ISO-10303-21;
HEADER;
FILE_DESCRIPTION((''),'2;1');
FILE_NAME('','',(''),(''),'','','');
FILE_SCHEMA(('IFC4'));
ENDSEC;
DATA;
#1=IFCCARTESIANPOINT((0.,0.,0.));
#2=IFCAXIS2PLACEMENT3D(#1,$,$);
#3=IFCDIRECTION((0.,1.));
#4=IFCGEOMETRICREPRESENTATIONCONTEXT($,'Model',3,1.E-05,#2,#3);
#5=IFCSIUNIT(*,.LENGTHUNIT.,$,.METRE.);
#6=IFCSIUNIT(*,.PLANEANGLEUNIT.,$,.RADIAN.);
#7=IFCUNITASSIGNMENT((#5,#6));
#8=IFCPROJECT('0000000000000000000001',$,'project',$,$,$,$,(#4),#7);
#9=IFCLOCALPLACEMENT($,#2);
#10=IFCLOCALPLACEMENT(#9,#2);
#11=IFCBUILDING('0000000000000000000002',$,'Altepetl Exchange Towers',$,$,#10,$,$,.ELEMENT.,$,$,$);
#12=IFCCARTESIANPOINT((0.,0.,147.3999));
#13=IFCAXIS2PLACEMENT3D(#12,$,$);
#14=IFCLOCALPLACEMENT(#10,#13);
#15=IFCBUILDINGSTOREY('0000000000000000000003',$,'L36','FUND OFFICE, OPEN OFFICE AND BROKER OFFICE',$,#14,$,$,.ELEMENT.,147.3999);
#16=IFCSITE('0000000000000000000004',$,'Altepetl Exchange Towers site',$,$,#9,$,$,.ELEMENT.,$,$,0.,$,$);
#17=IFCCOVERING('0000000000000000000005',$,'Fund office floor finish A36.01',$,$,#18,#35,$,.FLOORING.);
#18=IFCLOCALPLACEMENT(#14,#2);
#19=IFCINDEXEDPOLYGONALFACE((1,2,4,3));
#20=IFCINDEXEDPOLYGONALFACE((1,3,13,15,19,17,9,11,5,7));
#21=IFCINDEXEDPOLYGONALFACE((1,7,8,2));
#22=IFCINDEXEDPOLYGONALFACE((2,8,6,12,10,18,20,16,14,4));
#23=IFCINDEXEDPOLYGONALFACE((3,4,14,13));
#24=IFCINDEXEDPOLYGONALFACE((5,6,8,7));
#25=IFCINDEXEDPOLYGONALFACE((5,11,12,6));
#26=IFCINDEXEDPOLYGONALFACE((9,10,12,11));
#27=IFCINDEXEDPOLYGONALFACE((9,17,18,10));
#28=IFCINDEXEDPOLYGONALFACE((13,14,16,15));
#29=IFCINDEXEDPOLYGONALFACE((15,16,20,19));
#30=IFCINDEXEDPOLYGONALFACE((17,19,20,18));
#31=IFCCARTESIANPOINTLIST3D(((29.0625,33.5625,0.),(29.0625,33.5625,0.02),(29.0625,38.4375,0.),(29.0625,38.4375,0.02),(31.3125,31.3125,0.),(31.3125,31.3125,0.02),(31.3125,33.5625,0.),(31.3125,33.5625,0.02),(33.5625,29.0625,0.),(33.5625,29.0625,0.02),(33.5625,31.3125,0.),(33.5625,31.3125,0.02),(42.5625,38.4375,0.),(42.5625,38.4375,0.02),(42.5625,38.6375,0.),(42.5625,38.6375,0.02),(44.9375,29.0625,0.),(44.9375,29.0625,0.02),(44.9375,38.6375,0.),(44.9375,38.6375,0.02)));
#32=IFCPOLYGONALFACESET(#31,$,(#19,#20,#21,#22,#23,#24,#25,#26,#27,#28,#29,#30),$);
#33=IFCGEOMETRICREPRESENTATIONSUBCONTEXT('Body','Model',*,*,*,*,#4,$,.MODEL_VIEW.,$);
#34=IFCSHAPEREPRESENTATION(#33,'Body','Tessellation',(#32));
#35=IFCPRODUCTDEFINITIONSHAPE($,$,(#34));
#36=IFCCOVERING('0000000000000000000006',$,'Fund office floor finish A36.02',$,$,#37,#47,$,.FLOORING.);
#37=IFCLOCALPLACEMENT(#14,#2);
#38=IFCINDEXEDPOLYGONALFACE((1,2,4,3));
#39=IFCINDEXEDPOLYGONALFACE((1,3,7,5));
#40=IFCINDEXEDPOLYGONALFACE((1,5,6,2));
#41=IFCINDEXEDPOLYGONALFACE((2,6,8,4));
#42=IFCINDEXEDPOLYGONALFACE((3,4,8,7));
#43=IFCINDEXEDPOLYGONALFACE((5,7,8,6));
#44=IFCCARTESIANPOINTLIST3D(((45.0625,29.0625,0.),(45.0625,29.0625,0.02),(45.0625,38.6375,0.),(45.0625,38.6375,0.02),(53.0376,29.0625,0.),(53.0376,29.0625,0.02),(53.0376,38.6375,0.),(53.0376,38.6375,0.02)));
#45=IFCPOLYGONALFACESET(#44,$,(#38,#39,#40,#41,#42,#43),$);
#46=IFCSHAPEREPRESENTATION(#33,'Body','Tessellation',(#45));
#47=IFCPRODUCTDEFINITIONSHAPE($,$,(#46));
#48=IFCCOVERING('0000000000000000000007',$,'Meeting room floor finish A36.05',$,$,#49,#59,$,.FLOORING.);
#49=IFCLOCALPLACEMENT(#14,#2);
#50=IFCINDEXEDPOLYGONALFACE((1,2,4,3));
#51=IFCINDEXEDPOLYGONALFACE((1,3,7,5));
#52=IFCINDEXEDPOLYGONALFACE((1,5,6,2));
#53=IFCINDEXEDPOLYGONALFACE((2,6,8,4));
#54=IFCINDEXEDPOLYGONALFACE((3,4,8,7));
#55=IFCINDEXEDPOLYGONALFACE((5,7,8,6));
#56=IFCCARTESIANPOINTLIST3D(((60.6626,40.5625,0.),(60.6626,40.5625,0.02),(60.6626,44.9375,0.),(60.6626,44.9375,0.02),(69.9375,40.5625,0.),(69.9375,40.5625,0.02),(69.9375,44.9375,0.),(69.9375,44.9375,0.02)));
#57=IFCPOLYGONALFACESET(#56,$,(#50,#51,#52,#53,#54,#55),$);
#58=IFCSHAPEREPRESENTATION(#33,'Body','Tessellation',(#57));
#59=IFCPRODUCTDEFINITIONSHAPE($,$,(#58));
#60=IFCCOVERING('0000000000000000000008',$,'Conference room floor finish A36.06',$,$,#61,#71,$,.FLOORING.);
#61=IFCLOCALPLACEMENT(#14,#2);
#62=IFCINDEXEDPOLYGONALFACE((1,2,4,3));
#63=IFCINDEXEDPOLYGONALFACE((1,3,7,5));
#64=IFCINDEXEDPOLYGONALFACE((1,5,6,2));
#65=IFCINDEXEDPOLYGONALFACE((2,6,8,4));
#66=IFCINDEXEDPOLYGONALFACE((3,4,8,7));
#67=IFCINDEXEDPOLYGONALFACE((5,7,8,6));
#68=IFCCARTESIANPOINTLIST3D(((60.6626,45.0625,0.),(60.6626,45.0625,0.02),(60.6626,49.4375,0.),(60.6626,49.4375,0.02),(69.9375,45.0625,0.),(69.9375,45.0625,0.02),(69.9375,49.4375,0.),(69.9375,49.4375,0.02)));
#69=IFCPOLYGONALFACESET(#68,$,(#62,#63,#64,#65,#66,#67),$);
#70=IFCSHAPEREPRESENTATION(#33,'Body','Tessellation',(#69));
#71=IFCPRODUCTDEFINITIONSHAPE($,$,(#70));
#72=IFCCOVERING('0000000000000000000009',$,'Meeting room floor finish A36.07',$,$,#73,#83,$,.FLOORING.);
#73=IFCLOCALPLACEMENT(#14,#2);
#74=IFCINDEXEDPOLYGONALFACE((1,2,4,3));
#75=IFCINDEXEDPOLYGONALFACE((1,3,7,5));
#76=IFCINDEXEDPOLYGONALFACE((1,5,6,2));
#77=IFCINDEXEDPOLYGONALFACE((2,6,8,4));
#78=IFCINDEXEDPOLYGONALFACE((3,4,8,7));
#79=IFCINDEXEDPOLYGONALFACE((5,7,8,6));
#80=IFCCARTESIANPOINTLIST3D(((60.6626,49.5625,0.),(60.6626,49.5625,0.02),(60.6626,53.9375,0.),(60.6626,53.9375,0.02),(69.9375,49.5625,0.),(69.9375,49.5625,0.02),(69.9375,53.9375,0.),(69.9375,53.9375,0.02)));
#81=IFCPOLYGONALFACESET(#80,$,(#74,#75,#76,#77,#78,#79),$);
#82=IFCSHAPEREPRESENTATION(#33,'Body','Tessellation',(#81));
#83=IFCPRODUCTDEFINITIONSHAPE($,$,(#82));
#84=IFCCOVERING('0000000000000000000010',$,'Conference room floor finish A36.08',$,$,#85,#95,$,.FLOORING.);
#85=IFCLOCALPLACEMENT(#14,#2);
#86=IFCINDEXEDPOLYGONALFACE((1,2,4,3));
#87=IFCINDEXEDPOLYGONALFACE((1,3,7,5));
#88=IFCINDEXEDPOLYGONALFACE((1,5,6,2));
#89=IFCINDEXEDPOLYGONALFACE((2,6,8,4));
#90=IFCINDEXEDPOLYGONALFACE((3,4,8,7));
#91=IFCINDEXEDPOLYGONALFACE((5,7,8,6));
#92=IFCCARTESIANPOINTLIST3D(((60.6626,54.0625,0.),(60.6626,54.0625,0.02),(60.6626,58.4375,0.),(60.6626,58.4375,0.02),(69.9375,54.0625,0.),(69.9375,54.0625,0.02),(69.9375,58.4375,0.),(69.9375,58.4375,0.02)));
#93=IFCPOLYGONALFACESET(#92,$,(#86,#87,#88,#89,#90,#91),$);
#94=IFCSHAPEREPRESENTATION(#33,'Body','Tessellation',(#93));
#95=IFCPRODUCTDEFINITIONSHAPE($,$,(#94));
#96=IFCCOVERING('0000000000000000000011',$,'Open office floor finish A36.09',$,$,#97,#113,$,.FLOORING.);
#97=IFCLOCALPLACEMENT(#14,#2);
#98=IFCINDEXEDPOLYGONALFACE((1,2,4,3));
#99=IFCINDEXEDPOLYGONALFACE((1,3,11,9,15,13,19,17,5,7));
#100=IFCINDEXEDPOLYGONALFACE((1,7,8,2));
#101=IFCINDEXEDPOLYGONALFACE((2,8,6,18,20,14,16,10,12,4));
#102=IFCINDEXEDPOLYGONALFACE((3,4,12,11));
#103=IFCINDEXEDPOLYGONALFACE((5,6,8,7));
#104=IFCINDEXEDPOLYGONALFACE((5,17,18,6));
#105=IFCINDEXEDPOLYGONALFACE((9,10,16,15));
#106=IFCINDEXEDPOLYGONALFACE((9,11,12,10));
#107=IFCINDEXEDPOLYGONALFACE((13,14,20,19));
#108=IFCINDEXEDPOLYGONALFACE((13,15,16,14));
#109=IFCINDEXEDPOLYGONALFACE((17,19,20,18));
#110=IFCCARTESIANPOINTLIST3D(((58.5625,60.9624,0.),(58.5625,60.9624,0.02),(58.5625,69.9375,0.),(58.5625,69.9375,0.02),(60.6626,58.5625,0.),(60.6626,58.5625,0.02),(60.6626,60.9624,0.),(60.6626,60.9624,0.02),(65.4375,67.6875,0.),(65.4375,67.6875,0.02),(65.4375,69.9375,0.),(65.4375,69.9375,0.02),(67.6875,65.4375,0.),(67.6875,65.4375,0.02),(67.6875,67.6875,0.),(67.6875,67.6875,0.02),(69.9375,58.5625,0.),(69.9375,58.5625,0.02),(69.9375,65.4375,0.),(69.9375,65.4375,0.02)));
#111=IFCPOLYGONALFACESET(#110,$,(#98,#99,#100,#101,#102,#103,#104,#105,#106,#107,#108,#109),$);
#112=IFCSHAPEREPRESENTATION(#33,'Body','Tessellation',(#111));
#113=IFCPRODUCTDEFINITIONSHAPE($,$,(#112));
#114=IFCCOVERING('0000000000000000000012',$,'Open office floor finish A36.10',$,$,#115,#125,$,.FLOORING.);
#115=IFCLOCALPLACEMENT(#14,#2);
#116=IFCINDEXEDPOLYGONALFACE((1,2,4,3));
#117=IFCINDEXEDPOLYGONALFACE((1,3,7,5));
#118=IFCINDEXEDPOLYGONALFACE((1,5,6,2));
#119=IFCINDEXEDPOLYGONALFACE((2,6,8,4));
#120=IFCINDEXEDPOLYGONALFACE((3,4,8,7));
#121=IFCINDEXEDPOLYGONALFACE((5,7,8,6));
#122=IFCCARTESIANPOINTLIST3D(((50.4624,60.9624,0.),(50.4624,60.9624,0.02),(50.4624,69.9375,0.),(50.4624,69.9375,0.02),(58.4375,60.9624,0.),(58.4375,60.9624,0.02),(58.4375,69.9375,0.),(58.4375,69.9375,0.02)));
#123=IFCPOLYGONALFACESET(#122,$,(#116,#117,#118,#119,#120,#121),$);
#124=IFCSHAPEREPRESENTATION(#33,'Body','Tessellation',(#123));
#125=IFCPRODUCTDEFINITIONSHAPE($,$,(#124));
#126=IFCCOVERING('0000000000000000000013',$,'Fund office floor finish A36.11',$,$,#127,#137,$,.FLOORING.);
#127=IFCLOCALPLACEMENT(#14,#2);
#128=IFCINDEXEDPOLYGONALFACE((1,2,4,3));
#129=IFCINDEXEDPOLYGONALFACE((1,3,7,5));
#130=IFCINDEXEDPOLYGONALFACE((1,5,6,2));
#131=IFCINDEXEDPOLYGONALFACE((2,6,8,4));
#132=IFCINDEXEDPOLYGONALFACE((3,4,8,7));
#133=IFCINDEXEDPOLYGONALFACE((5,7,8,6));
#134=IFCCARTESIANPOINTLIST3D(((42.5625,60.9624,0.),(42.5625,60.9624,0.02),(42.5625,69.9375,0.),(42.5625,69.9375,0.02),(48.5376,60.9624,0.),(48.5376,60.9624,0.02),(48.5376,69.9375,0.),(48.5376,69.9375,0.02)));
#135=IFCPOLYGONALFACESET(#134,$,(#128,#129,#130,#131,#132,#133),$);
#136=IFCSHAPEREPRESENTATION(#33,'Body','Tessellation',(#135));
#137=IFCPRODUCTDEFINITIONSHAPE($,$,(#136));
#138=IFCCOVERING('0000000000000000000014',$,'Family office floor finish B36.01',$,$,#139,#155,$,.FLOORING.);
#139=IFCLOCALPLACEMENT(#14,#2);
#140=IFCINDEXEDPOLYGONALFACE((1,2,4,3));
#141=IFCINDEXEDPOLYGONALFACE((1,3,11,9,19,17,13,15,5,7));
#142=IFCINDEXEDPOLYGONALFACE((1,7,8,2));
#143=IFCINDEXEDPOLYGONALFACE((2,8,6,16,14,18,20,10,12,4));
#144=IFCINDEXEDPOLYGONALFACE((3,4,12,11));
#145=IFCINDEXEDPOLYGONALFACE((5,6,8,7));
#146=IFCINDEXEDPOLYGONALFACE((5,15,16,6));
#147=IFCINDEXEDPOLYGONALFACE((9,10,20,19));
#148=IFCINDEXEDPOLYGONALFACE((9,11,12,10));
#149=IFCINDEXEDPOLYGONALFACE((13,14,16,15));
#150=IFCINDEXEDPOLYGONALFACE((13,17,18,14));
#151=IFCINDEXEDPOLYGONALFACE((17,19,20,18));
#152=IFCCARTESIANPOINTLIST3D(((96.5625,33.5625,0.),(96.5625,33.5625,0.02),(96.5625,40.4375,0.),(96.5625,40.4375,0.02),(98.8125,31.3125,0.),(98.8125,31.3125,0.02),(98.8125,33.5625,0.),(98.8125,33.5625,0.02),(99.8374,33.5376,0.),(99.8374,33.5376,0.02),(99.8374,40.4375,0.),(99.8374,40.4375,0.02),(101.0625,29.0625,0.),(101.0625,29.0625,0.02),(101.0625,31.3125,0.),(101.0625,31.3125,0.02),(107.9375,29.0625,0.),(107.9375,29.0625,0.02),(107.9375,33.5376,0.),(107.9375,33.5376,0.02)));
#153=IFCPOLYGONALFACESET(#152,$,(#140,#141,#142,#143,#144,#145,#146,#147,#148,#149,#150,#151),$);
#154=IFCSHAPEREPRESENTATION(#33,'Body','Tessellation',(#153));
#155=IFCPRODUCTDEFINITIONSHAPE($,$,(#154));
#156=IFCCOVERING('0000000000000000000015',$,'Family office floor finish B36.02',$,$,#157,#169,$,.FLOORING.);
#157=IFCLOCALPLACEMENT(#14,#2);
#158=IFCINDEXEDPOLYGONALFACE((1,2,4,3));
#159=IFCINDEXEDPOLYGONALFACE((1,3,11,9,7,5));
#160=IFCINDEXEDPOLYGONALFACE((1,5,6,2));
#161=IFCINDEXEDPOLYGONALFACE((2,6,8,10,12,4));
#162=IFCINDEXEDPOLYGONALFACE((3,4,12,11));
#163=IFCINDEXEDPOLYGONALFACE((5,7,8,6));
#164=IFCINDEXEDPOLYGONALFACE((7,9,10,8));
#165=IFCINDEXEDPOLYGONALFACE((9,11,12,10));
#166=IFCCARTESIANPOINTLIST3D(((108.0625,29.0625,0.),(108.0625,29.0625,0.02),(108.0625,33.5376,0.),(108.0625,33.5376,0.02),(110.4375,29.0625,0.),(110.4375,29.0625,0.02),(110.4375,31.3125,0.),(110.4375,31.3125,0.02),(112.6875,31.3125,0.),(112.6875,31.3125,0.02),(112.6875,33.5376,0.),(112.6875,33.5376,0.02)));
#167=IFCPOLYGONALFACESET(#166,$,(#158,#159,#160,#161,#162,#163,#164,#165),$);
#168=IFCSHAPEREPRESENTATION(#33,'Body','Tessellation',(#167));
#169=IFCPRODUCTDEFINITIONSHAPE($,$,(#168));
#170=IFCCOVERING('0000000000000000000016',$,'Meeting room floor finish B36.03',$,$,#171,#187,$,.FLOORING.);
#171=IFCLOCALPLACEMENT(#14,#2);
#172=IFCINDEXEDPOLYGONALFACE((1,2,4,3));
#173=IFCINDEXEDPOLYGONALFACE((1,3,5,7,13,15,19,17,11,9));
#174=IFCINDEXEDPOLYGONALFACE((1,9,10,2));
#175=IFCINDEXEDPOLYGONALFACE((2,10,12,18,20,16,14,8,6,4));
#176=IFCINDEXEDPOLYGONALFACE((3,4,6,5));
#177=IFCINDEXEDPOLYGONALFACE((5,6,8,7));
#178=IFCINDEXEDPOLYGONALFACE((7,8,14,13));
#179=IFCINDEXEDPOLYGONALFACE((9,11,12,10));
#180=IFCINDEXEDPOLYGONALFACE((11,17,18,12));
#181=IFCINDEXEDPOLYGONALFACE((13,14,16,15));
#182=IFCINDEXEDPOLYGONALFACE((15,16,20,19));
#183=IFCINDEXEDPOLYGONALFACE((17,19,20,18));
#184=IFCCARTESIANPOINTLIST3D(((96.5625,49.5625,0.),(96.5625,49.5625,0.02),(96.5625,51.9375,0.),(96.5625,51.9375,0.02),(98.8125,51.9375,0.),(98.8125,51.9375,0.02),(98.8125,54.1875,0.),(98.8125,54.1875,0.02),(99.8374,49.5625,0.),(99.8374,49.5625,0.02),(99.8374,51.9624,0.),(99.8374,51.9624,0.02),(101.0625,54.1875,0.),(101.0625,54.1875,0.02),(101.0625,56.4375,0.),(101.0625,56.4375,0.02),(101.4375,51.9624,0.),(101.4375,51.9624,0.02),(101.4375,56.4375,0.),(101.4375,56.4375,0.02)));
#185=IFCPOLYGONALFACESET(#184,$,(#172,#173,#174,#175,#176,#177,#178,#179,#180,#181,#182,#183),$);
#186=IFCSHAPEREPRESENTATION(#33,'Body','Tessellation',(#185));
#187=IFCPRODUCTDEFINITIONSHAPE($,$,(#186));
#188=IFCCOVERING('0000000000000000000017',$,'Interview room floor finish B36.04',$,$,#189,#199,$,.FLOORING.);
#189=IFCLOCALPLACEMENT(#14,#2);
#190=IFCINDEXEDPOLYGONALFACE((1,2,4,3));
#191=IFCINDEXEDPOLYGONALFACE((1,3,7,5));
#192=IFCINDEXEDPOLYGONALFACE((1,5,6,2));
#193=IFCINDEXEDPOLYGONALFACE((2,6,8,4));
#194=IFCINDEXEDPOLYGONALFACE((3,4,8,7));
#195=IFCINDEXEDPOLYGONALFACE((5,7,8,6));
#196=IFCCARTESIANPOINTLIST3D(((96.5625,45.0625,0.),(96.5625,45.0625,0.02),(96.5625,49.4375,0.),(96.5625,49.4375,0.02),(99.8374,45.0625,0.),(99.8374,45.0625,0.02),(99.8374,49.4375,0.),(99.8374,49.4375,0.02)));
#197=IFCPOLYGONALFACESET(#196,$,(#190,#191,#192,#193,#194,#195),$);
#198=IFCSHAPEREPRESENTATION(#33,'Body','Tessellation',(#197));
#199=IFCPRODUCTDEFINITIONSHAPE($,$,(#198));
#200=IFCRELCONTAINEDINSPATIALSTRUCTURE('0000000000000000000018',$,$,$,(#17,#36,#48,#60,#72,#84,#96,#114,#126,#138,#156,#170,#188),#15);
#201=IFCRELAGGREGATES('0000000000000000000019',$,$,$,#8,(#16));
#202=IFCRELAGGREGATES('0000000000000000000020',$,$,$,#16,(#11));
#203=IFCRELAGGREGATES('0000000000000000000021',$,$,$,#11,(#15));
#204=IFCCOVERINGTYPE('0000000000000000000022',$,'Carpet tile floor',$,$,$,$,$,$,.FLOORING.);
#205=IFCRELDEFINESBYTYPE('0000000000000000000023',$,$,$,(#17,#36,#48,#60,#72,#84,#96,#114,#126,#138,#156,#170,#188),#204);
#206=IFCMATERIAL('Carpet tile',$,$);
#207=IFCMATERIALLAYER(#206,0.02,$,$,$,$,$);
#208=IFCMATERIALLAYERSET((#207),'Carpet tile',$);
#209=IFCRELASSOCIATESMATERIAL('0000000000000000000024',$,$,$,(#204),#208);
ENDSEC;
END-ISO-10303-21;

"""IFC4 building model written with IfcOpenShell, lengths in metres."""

from ifc_helpers import new_model, si_unit, direction, frame, origin, place, context, subcontext, project, spatial, polyline, outline, extrude, material, layer, layer_set, type_object, element, save


model = new_model("IFC4")

# Units and contexts
model_context = context("Model", 3, precision=1e-05, world=origin(), true_north=direction((0.0, 1.0)))
body_context = subcontext(model_context, "Body", "Model", "MODEL_VIEW")
ifc_project = project(units=[si_unit("LENGTHUNIT", "METRE"), si_unit("PLANEANGLEUNIT", "RADIAN")], contexts=[model_context])

# Site, building, storey
site_placement = place(None, origin())
site = spatial("IfcSite", under=ifc_project, at=site_placement, Name="Altepetl Exchange Towers site", CompositionType="ELEMENT", RefElevation=0.0)
building_placement = place(site_placement, origin())
building = spatial("IfcBuilding", under=site, at=building_placement, Name="Altepetl Exchange Towers", CompositionType="ELEMENT")
storey_placement = place(building_placement, frame((0.0, 0.0, 147.3999)))
storey = spatial("IfcBuildingStorey", under=building, at=storey_placement, Name="L36", Description="FUND OFFICE, OPEN OFFICE AND BROKER OFFICE", CompositionType="ELEMENT", Elevation=147.3999)

# Coverings
ifc_material_1 = material(Name="Carpet tile")
ifc_layer_1 = layer(ifc_material_1, 0.02)
ifc_layer_set_1 = layer_set([ifc_layer_1], Name="Carpet tile")
covering_type_1 = type_object("IfcCoveringType", Name="Carpet tile floor", PredefinedType="FLOORING", material=ifc_layer_set_1)
covering_1_placement = place(storey_placement, origin())
element("IfcCovering", 1, at=covering_1_placement, inside=storey, type_object=covering_type_1, Name="Fund office floor finish A36.01", PredefinedType="FLOORING", context=body_context, shape_type="SweptSolid", body=[
    extrude(outline(polyline([(31.3125, 31.3125), (33.5625, 31.3125), (33.5625, 29.0625), (44.9375, 29.0625), (44.9375, 38.6375), (42.5625, 38.6375), (42.5625, 38.4375), (29.0625, 38.4375), (29.0625, 33.5625), (31.3125, 33.5625), (31.3125, 31.3125)])), origin(), (0.0, 0.0, 1.0), 0.02),
])
covering_2_placement = place(storey_placement, origin())
element("IfcCovering", 2, at=covering_2_placement, inside=storey, type_object=covering_type_1, Name="Fund office floor finish A36.02", PredefinedType="FLOORING", context=body_context, shape_type="SweptSolid", body=[
    extrude(outline(polyline([(45.0625, 38.6375), (45.0625, 29.0625), (53.0376, 29.0625), (53.0376, 38.6375), (45.0625, 38.6375)])), origin(), (0.0, 0.0, 1.0), 0.02),
])
covering_3_placement = place(storey_placement, origin())
element("IfcCovering", 3, at=covering_3_placement, inside=storey, type_object=covering_type_1, Name="Meeting room floor finish A36.05", PredefinedType="FLOORING", context=body_context, shape_type="SweptSolid", body=[
    extrude(outline(polyline([(69.9375, 44.9375), (60.6626, 44.9375), (60.6626, 40.5625), (69.9375, 40.5625), (69.9375, 44.9375)])), origin(), (0.0, 0.0, 1.0), 0.02),
])
covering_4_placement = place(storey_placement, origin())
element("IfcCovering", 4, at=covering_4_placement, inside=storey, type_object=covering_type_1, Name="Conference room floor finish A36.06", PredefinedType="FLOORING", context=body_context, shape_type="SweptSolid", body=[
    extrude(outline(polyline([(69.9375, 49.4375), (60.6626, 49.4375), (60.6626, 45.0625), (69.9375, 45.0625), (69.9375, 49.4375)])), origin(), (0.0, 0.0, 1.0), 0.02),
])
covering_5_placement = place(storey_placement, origin())
element("IfcCovering", 5, at=covering_5_placement, inside=storey, type_object=covering_type_1, Name="Meeting room floor finish A36.07", PredefinedType="FLOORING", context=body_context, shape_type="SweptSolid", body=[
    extrude(outline(polyline([(69.9375, 53.9375), (60.6626, 53.9375), (60.6626, 49.5625), (69.9375, 49.5625), (69.9375, 53.9375)])), origin(), (0.0, 0.0, 1.0), 0.02),
])
covering_6_placement = place(storey_placement, origin())
element("IfcCovering", 6, at=covering_6_placement, inside=storey, type_object=covering_type_1, Name="Conference room floor finish A36.08", PredefinedType="FLOORING", context=body_context, shape_type="SweptSolid", body=[
    extrude(outline(polyline([(69.9375, 54.0625), (69.9375, 58.4375), (60.6626, 58.4375), (60.6626, 54.0625), (69.9375, 54.0625)])), origin(), (0.0, 0.0, 1.0), 0.02),
])
covering_7_placement = place(storey_placement, origin())
element("IfcCovering", 7, at=covering_7_placement, inside=storey, type_object=covering_type_1, Name="Open office floor finish A36.09", PredefinedType="FLOORING", context=body_context, shape_type="SweptSolid", body=[
    extrude(outline(polyline([(60.6626, 58.5625), (69.9375, 58.5625), (69.9375, 65.4375), (67.6875, 65.4375), (67.6875, 67.6875), (65.4375, 67.6875), (65.4375, 69.9375), (58.5625, 69.9375), (58.5625, 60.9624), (60.6626, 60.9624), (60.6626, 58.5625)])), origin(), (0.0, 0.0, 1.0), 0.02),
])
covering_8_placement = place(storey_placement, origin())
element("IfcCovering", 8, at=covering_8_placement, inside=storey, type_object=covering_type_1, Name="Open office floor finish A36.10", PredefinedType="FLOORING", context=body_context, shape_type="SweptSolid", body=[
    extrude(outline(polyline([(58.4375, 60.9624), (58.4375, 69.9375), (50.4624, 69.9375), (50.4624, 60.9624), (58.4375, 60.9624)])), origin(), (0.0, 0.0, 1.0), 0.02),
])
covering_9_placement = place(storey_placement, origin())
element("IfcCovering", 9, at=covering_9_placement, inside=storey, type_object=covering_type_1, Name="Fund office floor finish A36.11", PredefinedType="FLOORING", context=body_context, shape_type="SweptSolid", body=[
    extrude(outline(polyline([(42.5625, 60.9624), (48.5376, 60.9624), (48.5376, 69.9375), (42.5625, 69.9375), (42.5625, 60.9624)])), origin(), (0.0, 0.0, 1.0), 0.02),
])
covering_10_placement = place(storey_placement, origin())
element("IfcCovering", 10, at=covering_10_placement, inside=storey, type_object=covering_type_1, Name="Family office floor finish B36.01", PredefinedType="FLOORING", context=body_context, shape_type="SweptSolid", body=[
    extrude(outline(polyline([(98.8125, 33.5625), (98.8125, 31.3125), (101.0625, 31.3125), (101.0625, 29.0625), (107.9375, 29.0625), (107.9375, 33.5376), (99.8374, 33.5376), (99.8374, 40.4375), (96.5625, 40.4375), (96.5625, 33.5625), (98.8125, 33.5625)])), origin(), (0.0, 0.0, 1.0), 0.02),
])
covering_11_placement = place(storey_placement, origin())
element("IfcCovering", 11, at=covering_11_placement, inside=storey, type_object=covering_type_1, Name="Family office floor finish B36.02", PredefinedType="FLOORING", context=body_context, shape_type="SweptSolid", body=[
    extrude(outline(polyline([(108.0625, 33.5376), (108.0625, 29.0625), (110.4375, 29.0625), (110.4375, 31.3125), (112.6875, 31.3125), (112.6875, 33.5376), (108.0625, 33.5376)])), origin(), (0.0, 0.0, 1.0), 0.02),
])
covering_12_placement = place(storey_placement, origin())
element("IfcCovering", 12, at=covering_12_placement, inside=storey, type_object=covering_type_1, Name="Meeting room floor finish B36.03", PredefinedType="FLOORING", context=body_context, shape_type="SweptSolid", body=[
    extrude(outline(polyline([(96.5625, 49.5625), (99.8374, 49.5625), (99.8374, 51.9624), (101.4375, 51.9624), (101.4375, 56.4375), (101.0625, 56.4375), (101.0625, 54.1875), (98.8125, 54.1875), (98.8125, 51.9375), (96.5625, 51.9375), (96.5625, 49.5625)])), origin(), (0.0, 0.0, 1.0), 0.02),
])
covering_13_placement = place(storey_placement, origin())
element("IfcCovering", 13, at=covering_13_placement, inside=storey, type_object=covering_type_1, Name="Interview room floor finish B36.04", PredefinedType="FLOORING", context=body_context, shape_type="SweptSolid", body=[
    extrude(outline(polyline([(96.5625, 45.0625), (99.8374, 45.0625), (99.8374, 49.4375), (96.5625, 49.4375), (96.5625, 45.0625)])), origin(), (0.0, 0.0, 1.0), 0.02),
])

save(model, "model.ifc")
